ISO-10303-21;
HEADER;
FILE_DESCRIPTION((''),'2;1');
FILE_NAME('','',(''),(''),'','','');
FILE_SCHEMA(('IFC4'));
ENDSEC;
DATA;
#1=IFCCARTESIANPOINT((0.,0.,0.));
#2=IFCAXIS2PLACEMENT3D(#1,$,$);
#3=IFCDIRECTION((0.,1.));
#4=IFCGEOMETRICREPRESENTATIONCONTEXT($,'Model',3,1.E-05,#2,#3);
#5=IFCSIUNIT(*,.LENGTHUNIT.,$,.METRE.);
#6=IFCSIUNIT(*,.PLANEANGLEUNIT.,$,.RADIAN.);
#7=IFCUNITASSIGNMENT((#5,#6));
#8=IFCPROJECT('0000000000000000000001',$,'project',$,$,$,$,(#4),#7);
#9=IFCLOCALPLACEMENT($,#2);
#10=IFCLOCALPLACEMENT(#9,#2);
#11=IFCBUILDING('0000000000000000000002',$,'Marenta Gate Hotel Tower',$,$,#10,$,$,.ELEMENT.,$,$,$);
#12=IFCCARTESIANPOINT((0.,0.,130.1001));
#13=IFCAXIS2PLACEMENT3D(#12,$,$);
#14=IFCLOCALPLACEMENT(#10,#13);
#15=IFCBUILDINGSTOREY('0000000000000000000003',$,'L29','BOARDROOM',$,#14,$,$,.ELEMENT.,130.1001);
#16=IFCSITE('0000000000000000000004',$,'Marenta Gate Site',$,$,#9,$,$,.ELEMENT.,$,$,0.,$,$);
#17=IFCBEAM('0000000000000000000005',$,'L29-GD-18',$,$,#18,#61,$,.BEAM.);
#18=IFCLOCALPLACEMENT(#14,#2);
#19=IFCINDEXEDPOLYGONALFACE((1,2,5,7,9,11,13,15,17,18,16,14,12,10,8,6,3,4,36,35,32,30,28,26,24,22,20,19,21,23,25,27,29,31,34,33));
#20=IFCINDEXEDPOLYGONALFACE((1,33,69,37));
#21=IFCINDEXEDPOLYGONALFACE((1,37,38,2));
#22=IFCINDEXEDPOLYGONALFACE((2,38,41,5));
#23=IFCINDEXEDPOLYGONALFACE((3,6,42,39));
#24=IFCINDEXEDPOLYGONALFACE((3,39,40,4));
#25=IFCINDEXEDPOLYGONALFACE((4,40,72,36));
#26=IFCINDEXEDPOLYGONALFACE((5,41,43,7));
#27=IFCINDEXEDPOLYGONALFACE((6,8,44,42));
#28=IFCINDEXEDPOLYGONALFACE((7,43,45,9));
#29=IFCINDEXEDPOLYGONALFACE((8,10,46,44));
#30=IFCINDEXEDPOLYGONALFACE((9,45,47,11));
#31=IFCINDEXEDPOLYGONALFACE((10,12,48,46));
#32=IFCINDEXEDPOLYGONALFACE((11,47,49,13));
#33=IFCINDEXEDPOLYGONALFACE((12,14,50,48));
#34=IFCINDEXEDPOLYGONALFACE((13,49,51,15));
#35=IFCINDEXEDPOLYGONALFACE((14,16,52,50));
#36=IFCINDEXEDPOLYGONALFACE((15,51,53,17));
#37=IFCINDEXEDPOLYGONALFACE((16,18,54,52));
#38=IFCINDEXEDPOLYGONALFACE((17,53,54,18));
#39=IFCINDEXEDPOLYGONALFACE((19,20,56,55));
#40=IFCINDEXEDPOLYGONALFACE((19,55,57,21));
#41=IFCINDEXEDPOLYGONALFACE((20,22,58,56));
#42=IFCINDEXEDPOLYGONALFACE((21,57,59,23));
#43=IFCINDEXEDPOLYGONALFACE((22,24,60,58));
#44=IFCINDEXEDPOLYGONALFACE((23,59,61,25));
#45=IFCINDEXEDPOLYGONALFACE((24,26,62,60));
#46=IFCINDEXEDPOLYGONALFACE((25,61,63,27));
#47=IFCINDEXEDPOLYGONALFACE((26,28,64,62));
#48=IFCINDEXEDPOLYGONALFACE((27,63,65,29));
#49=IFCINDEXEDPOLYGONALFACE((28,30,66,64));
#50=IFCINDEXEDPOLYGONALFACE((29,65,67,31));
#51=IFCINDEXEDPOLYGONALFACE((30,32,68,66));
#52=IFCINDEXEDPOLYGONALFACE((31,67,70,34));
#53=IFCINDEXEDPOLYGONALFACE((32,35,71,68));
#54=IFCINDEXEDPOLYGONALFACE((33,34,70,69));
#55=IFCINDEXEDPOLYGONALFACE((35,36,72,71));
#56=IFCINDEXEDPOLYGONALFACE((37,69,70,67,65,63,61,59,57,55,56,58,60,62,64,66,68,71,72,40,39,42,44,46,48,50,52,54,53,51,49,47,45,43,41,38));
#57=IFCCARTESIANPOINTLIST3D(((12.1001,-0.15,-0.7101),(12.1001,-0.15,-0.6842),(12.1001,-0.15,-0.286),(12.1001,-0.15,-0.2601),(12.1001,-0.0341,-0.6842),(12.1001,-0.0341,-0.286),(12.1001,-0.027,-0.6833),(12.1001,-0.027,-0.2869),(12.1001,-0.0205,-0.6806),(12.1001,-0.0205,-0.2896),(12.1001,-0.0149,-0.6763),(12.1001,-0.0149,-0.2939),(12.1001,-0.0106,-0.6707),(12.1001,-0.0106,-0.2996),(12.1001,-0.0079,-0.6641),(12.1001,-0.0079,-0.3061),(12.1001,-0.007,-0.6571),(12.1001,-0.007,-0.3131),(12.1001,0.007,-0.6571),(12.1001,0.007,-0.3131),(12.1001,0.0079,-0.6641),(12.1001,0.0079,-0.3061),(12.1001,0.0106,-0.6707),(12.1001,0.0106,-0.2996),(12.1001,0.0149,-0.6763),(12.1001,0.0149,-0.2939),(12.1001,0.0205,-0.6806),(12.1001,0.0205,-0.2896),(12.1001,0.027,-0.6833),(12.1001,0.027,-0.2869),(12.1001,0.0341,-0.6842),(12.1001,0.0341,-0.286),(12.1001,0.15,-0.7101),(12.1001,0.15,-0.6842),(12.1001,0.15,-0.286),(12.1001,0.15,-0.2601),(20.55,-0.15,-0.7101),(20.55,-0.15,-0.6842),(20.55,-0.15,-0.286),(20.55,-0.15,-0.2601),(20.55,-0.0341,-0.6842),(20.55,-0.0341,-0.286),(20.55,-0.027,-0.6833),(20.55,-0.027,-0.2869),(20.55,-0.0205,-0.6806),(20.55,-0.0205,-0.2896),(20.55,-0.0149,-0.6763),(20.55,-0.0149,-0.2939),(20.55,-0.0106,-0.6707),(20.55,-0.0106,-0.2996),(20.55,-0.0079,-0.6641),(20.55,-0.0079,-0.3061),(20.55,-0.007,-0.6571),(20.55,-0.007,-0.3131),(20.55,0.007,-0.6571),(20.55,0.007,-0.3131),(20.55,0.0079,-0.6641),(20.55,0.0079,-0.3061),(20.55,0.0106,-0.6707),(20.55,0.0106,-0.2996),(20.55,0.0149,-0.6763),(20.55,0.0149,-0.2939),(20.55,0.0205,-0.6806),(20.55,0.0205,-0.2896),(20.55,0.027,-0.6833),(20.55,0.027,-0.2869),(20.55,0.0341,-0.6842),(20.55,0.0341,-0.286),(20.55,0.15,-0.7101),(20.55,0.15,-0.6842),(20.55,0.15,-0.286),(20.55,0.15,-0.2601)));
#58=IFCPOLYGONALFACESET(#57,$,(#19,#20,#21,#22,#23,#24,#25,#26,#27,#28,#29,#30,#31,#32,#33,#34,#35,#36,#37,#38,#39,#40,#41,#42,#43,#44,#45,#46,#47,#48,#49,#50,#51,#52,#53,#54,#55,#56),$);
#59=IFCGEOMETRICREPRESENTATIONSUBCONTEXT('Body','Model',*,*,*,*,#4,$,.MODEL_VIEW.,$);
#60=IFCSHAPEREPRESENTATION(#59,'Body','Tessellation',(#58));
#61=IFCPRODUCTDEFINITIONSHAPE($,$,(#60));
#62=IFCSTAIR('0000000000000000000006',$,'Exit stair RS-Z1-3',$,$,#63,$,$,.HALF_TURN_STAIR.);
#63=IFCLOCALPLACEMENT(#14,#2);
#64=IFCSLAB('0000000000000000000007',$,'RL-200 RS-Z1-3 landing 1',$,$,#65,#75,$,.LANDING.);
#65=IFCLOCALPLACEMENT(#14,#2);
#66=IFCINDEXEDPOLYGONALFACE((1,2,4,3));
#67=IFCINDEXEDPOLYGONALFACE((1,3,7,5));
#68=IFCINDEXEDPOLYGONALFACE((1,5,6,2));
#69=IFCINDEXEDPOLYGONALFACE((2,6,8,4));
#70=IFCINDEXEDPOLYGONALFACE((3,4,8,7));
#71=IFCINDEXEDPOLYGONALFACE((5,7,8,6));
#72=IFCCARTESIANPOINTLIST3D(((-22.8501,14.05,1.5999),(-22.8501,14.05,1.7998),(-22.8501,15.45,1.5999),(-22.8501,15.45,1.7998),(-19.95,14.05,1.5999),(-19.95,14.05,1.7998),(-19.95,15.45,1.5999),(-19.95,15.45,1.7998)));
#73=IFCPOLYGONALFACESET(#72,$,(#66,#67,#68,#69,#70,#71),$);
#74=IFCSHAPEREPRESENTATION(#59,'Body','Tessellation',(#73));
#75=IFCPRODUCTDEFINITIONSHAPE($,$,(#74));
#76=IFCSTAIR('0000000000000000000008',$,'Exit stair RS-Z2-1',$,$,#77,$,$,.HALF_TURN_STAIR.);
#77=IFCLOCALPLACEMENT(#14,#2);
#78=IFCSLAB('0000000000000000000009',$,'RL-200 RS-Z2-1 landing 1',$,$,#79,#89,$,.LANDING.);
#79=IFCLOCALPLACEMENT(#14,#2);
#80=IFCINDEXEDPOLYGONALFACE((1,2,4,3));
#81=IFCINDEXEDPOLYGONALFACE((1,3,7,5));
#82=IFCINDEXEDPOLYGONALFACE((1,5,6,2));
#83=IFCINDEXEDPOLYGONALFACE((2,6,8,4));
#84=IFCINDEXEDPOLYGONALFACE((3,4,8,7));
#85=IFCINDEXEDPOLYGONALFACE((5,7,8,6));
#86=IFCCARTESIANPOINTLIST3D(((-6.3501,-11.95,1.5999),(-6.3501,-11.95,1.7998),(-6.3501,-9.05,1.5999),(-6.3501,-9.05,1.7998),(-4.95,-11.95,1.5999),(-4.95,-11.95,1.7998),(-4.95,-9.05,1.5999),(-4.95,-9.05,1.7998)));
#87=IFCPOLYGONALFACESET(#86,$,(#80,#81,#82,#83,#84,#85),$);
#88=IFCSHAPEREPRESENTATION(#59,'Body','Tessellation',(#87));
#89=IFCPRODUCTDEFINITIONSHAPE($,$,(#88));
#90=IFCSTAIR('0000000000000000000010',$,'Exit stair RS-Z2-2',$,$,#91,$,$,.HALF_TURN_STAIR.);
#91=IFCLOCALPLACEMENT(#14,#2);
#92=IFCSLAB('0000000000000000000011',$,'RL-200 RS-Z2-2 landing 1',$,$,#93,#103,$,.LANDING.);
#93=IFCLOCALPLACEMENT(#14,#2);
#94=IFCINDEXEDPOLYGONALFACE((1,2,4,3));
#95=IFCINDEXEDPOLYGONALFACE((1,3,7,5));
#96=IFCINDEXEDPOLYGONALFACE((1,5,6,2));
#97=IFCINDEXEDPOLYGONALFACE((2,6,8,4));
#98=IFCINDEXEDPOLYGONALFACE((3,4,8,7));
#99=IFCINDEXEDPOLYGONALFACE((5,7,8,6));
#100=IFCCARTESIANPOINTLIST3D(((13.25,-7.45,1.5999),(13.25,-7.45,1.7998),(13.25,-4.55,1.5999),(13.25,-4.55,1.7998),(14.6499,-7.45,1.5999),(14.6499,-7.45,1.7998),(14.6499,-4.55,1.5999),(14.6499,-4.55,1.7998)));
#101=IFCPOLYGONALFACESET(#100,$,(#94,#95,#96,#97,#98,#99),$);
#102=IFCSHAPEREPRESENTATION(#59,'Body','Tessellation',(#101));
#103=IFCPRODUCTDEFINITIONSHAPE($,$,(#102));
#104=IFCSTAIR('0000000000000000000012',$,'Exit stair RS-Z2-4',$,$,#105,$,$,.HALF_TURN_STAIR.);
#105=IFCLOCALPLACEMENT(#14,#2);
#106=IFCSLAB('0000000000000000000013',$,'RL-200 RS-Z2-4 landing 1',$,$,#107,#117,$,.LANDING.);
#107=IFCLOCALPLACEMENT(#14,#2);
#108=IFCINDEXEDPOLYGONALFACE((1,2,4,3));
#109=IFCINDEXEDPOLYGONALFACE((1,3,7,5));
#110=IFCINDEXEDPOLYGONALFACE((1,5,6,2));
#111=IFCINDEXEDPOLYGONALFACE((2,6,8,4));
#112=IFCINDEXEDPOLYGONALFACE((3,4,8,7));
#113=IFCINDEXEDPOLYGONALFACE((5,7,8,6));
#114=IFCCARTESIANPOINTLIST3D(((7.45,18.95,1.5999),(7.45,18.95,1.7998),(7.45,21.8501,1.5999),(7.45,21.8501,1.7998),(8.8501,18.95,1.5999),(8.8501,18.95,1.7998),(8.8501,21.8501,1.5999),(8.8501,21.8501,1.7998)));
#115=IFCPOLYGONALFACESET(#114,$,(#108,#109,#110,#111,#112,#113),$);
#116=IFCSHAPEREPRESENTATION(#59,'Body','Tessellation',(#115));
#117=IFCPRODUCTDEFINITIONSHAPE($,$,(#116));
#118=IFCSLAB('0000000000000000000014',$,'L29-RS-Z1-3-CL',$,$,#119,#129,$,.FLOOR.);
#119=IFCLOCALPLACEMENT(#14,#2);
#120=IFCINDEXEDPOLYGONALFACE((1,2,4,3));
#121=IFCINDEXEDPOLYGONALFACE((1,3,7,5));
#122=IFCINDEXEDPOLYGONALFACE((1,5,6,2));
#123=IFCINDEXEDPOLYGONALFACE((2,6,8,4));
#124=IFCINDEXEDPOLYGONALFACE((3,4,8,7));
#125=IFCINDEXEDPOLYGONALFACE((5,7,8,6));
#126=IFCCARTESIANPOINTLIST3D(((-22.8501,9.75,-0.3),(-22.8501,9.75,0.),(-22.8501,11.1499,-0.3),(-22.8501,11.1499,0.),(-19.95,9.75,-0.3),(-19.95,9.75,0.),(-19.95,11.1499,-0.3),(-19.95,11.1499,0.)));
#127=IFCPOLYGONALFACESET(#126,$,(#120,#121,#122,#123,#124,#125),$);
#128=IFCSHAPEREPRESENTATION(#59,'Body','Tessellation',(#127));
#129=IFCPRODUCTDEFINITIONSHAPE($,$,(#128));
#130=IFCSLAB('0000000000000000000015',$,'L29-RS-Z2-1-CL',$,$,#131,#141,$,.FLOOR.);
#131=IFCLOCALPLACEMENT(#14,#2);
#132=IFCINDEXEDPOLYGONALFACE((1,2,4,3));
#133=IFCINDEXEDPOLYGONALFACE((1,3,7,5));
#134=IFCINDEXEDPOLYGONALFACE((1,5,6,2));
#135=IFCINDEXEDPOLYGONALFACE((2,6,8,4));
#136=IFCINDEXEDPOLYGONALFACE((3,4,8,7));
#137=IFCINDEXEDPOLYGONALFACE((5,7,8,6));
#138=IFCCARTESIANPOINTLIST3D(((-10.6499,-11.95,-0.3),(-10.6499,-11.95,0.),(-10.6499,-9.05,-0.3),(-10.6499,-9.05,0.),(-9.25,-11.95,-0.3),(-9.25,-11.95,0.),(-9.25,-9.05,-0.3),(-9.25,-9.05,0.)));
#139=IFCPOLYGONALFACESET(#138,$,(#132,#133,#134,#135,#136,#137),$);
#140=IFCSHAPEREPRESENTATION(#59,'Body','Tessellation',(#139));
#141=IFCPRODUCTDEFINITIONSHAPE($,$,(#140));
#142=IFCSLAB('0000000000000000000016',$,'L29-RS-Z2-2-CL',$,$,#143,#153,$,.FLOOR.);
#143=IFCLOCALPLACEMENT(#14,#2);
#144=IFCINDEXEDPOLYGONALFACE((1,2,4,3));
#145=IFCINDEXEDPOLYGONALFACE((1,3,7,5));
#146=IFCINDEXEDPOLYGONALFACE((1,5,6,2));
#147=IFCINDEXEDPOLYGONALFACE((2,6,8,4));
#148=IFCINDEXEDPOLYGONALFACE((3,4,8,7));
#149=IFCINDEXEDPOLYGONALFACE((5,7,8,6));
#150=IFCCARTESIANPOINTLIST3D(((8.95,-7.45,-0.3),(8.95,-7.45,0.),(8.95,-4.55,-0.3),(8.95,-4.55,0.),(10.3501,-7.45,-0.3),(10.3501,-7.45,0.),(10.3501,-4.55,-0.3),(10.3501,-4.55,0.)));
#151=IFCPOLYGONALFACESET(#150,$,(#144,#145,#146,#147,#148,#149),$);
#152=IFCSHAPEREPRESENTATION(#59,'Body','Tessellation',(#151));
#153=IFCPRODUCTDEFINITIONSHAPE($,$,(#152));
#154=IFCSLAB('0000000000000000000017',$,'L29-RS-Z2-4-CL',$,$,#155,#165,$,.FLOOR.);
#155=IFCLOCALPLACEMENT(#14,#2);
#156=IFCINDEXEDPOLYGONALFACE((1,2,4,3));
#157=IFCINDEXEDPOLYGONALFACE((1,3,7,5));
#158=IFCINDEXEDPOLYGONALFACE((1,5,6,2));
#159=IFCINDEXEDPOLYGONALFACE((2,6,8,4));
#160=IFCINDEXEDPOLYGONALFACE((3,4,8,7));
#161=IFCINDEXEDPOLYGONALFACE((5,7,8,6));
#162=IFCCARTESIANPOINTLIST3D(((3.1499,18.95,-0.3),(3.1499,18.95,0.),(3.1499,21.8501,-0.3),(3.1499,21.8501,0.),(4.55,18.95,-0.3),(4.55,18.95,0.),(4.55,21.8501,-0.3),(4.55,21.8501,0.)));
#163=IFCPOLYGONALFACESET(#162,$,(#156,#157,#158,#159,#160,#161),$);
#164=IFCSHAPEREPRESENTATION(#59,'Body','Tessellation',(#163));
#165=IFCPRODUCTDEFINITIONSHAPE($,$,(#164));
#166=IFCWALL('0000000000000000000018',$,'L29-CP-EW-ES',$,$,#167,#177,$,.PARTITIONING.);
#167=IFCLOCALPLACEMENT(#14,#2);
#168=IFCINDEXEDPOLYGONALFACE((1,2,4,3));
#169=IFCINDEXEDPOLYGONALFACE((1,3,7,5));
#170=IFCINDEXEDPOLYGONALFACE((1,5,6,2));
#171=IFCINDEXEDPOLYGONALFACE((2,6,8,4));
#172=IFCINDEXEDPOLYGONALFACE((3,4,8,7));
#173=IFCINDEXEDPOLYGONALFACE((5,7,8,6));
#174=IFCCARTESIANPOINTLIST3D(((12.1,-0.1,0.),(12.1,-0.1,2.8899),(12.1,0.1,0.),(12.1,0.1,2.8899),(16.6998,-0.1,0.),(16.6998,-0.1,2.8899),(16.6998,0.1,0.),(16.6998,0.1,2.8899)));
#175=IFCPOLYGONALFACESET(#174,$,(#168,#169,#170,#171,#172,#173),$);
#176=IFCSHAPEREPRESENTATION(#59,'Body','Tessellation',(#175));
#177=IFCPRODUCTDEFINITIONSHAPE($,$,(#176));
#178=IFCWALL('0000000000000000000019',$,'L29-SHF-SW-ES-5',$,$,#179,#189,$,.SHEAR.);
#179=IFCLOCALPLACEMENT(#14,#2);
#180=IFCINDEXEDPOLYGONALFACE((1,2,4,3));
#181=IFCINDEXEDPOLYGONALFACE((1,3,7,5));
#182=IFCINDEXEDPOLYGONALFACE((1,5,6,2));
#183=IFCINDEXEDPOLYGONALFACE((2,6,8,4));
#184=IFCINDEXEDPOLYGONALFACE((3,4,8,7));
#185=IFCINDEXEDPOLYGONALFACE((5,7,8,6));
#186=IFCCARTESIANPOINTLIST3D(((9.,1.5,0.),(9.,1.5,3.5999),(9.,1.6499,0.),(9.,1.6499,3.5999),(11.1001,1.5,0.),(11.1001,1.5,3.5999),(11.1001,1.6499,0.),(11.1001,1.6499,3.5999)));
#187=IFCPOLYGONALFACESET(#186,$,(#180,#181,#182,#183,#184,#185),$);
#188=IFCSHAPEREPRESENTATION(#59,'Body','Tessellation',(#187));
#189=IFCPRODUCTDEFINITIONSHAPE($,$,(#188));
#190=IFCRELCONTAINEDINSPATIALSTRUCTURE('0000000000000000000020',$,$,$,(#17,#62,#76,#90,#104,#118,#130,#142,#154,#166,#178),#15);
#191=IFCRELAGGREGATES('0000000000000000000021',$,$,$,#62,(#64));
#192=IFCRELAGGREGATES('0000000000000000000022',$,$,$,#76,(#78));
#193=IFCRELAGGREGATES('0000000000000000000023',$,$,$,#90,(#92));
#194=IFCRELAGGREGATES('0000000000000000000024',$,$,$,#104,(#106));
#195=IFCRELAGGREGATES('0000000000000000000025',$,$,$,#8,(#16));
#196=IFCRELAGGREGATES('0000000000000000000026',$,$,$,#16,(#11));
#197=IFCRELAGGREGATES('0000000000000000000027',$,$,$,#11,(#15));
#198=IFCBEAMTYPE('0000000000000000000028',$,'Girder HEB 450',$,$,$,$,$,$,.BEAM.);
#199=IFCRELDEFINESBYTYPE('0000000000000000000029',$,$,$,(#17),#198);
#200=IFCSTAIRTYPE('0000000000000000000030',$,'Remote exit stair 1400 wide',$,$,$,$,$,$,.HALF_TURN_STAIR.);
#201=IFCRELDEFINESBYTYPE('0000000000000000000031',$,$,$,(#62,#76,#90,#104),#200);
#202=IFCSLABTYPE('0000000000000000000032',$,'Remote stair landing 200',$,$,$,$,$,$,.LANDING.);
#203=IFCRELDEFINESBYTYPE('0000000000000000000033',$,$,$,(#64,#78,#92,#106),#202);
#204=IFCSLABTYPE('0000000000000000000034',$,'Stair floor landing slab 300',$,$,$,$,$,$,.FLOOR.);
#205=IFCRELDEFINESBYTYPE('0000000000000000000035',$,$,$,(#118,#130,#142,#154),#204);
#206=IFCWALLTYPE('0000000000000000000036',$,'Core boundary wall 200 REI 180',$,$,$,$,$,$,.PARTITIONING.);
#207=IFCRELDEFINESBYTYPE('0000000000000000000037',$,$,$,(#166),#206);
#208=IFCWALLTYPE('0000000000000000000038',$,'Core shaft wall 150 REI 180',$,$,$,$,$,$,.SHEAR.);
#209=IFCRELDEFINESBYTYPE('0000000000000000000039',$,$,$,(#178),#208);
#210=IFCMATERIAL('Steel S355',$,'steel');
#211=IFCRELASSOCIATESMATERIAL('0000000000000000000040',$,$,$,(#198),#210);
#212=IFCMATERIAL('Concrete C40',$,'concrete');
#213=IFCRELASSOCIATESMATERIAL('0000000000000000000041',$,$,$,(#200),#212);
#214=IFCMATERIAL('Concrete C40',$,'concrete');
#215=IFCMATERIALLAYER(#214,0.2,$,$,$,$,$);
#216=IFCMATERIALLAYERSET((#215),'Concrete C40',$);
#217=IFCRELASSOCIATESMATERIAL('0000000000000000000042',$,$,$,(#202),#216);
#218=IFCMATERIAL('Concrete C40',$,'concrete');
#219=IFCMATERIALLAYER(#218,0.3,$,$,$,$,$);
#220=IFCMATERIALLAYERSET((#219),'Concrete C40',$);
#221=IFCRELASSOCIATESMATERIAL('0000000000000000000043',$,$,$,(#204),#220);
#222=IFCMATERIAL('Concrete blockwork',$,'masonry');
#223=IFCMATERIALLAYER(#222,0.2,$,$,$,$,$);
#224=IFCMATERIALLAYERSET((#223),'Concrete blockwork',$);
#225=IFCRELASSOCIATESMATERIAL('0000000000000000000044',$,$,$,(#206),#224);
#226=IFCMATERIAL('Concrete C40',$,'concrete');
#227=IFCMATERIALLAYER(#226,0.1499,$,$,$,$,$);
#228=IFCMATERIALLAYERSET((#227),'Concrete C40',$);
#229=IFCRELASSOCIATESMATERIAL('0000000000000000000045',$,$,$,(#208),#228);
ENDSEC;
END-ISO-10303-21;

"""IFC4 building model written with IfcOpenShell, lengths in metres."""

from ifc_helpers import new_model, si_unit, direction, frame, frame_2d, origin, origin_2d, place, context, subcontext, project, spatial, polyline, rectangle, i_section, outline, extrude, material, layer, layer_set, material_profile, profile_set, type_object, element, aggregate, save


model = new_model("IFC4")

# Units and contexts
model_context = context("Model", 3, precision=1e-05, world=origin(), true_north=direction((0.0, 1.0)))
body_context = subcontext(model_context, "Body", "Model", "MODEL_VIEW")
ifc_project = project(units=[si_unit("LENGTHUNIT", "METRE"), si_unit("PLANEANGLEUNIT", "RADIAN")], contexts=[model_context])

# Site, building, storey
site_placement = place(None, origin())
site = spatial("IfcSite", under=ifc_project, at=site_placement, Name="Marenta Gate Site", CompositionType="ELEMENT", RefElevation=0.0)
building_placement = place(site_placement, origin())
building = spatial("IfcBuilding", under=site, at=building_placement, Name="Marenta Gate Hotel Tower", CompositionType="ELEMENT")
storey_placement = place(building_placement, frame((0.0, 0.0, 130.1001)))
storey = spatial("IfcBuildingStorey", under=building, at=storey_placement, Name="L29", Description="BOARDROOM", CompositionType="ELEMENT", Elevation=130.1001)

# Beam
ifc_material_1 = material(Name="Steel S355", Category="steel")
ifc_material_profile = material_profile(ifc_material_1, i_section(OverallWidth=0.3, OverallDepth=0.45, WebThickness=0.0139, FlangeThickness=0.0259, FilletRadius=0.0271, at=origin_2d()), Name="HEB 450")
ifc_profile_set = profile_set([ifc_material_profile], Name="Steel S355")
beam_type = type_object("IfcBeamType", Name="Girder HEB 450", PredefinedType="BEAM", material=ifc_profile_set)
beam_placement = place(storey_placement, frame((12.1001, 0.0, -0.4851), z_axis=(1.0, 0.0, 0.0), x_axis=(0.0, 1.0, 0.0)))
element("IfcBeam", 1, at=beam_placement, inside=storey, type_object=beam_type, Name="L29-GD-18", PredefinedType="BEAM", context=body_context, shape_type="SweptSolid", body=[
    extrude(i_section(OverallWidth=0.3, OverallDepth=0.45, WebThickness=0.0139, FlangeThickness=0.0259, FilletRadius=0.0271, at=origin_2d()), origin(), (0.0, 0.0, 1.0), 8.45),
])

# Stairs, slabs
ifc_material_2 = material(Name="Concrete C40", Category="concrete")
stair_type_1 = type_object("IfcStairType", Name="Remote exit stair 1400 wide", PredefinedType="HALF_TURN_STAIR", material=ifc_material_2)
stair_1_placement = place(storey_placement, origin())
stair_1 = element("IfcStair", 2, at=stair_1_placement, inside=storey, type_object=stair_type_1, Name="Exit stair RS-Z1-3", PredefinedType="HALF_TURN_STAIR")
ifc_material_3 = material(Name="Concrete C40", Category="concrete")
ifc_layer_1 = layer(ifc_material_3, 0.2)
ifc_layer_set_1 = layer_set([ifc_layer_1], Name="Concrete C40")
slab_type_1 = type_object("IfcSlabType", Name="Remote stair landing 200", PredefinedType="LANDING", material=ifc_layer_set_1)
slab_1_placement = place(storey_placement, frame((0.0, 0.0, 1.5999)))
slab_1 = element("IfcSlab", 3, at=slab_1_placement, type_object=slab_type_1, Name="RL-200 RS-Z1-3 landing 1", PredefinedType="LANDING", context=body_context, shape_type="SweptSolid", body=[
    extrude(outline(polyline([(-22.8501, 14.05), (-19.95, 14.05), (-19.95, 15.45), (-22.8501, 15.45), (-22.8501, 14.05)])), origin(), (0.0, 0.0, 1.0), 0.2),
])
aggregate(stair_1, [slab_1])
stair_2_placement = place(storey_placement, origin())
stair_2 = element("IfcStair", 4, at=stair_2_placement, inside=storey, type_object=stair_type_1, Name="Exit stair RS-Z2-1", PredefinedType="HALF_TURN_STAIR")
slab_2_placement = place(storey_placement, frame((0.0, 0.0, 1.5999)))
slab_2 = element("IfcSlab", 5, at=slab_2_placement, type_object=slab_type_1, Name="RL-200 RS-Z2-1 landing 1", PredefinedType="LANDING", context=body_context, shape_type="SweptSolid", body=[
    extrude(outline(polyline([(-6.3501, -11.95), (-4.95, -11.95), (-4.95, -9.05), (-6.3501, -9.05), (-6.3501, -11.95)])), origin(), (0.0, 0.0, 1.0), 0.2),
])
aggregate(stair_2, [slab_2])
stair_3_placement = place(storey_placement, origin())
stair_3 = element("IfcStair", 6, at=stair_3_placement, inside=storey, type_object=stair_type_1, Name="Exit stair RS-Z2-2", PredefinedType="HALF_TURN_STAIR")
slab_3_placement = place(storey_placement, frame((0.0, 0.0, 1.5999)))
slab_3 = element("IfcSlab", 7, at=slab_3_placement, type_object=slab_type_1, Name="RL-200 RS-Z2-2 landing 1", PredefinedType="LANDING", context=body_context, shape_type="SweptSolid", body=[
    extrude(outline(polyline([(13.25, -7.45), (14.6499, -7.45), (14.6499, -4.55), (13.25, -4.55), (13.25, -7.45)])), origin(), (0.0, 0.0, 1.0), 0.2),
])
aggregate(stair_3, [slab_3])
stair_4_placement = place(storey_placement, origin())
stair_4 = element("IfcStair", 8, at=stair_4_placement, inside=storey, type_object=stair_type_1, Name="Exit stair RS-Z2-4", PredefinedType="HALF_TURN_STAIR")
slab_4_placement = place(storey_placement, frame((0.0, 0.0, 1.5999)))
slab_4 = element("IfcSlab", 9, at=slab_4_placement, type_object=slab_type_1, Name="RL-200 RS-Z2-4 landing 1", PredefinedType="LANDING", context=body_context, shape_type="SweptSolid", body=[
    extrude(outline(polyline([(7.45, 18.95), (8.8501, 18.95), (8.8501, 21.8501), (7.45, 21.8501), (7.45, 18.95)])), origin(), (0.0, 0.0, 1.0), 0.2),
])
aggregate(stair_4, [slab_4])

# Slabs
ifc_material_4 = material(Name="Concrete C40", Category="concrete")
ifc_layer_2 = layer(ifc_material_4, 0.3)
ifc_layer_set_2 = layer_set([ifc_layer_2], Name="Concrete C40")
slab_type_2 = type_object("IfcSlabType", Name="Stair floor landing slab 300", PredefinedType="FLOOR", material=ifc_layer_set_2)
slab_5_placement = place(storey_placement, frame((0.0, 0.0, -0.3)))
element("IfcSlab", 10, at=slab_5_placement, inside=storey, type_object=slab_type_2, Name="L29-RS-Z1-3-CL", PredefinedType="FLOOR", context=body_context, shape_type="SweptSolid", body=[
    extrude(outline(polyline([(-19.95, 9.75), (-19.95, 11.1499), (-22.8501, 11.1499), (-22.8501, 9.75), (-19.95, 9.75)])), origin(), (0.0, 0.0, 1.0), 0.3),
])
slab_6_placement = place(storey_placement, frame((0.0, 0.0, -0.3)))
element("IfcSlab", 11, at=slab_6_placement, inside=storey, type_object=slab_type_2, Name="L29-RS-Z2-1-CL", PredefinedType="FLOOR", context=body_context, shape_type="SweptSolid", body=[
    extrude(outline(polyline([(-9.25, -11.95), (-9.25, -9.05), (-10.6499, -9.05), (-10.6499, -11.95), (-9.25, -11.95)])), origin(), (0.0, 0.0, 1.0), 0.3),
])
slab_7_placement = place(storey_placement, frame((0.0, 0.0, -0.3)))
element("IfcSlab", 12, at=slab_7_placement, inside=storey, type_object=slab_type_2, Name="L29-RS-Z2-2-CL", PredefinedType="FLOOR", context=body_context, shape_type="SweptSolid", body=[
    extrude(outline(polyline([(10.3501, -7.45), (10.3501, -4.55), (8.95, -4.55), (8.95, -7.45), (10.3501, -7.45)])), origin(), (0.0, 0.0, 1.0), 0.3),
])
slab_8_placement = place(storey_placement, frame((0.0, 0.0, -0.3)))
element("IfcSlab", 13, at=slab_8_placement, inside=storey, type_object=slab_type_2, Name="L29-RS-Z2-4-CL", PredefinedType="FLOOR", context=body_context, shape_type="SweptSolid", body=[
    extrude(outline(polyline([(4.55, 18.95), (4.55, 21.8501), (3.1499, 21.8501), (3.1499, 18.95), (4.55, 18.95)])), origin(), (0.0, 0.0, 1.0), 0.3),
])

# Walls
ifc_material_5 = material(Name="Concrete blockwork", Category="masonry")
ifc_layer_3 = layer(ifc_material_5, 0.2)
ifc_layer_set_3 = layer_set([ifc_layer_3], Name="Concrete blockwork")
wall_type_1 = type_object("IfcWallType", Name="Core boundary wall 200 REI 180", PredefinedType="PARTITIONING", material=ifc_layer_set_3)
wall_1_placement = place(storey_placement, frame((12.1001, 0.0, 0.0), z_axis=(0.0, 0.0, 1.0), x_axis=(1.0, 0.0, 0.0)))
element("IfcWall", 14, at=wall_1_placement, inside=storey, type_object=wall_type_1, Name="L29-CP-EW-ES", PredefinedType="PARTITIONING", context=body_context, shape_type="SweptSolid", body=[
    extrude(rectangle(XDim=4.5999, YDim=0.2, at=frame_2d((2.2998, 0.0))), origin(), (0.0, 0.0, 1.0), 2.8899),
])
ifc_material_6 = material(Name="Concrete C40", Category="concrete")
ifc_layer_4 = layer(ifc_material_6, 0.1499)
ifc_layer_set_4 = layer_set([ifc_layer_4], Name="Concrete C40")
wall_type_2 = type_object("IfcWallType", Name="Core shaft wall 150 REI 180", PredefinedType="SHEAR", material=ifc_layer_set_4)
wall_2_placement = place(storey_placement, frame((9.0, 1.575, 0.0), z_axis=(0.0, 0.0, 1.0), x_axis=(1.0, 0.0, 0.0)))
element("IfcWall", 15, at=wall_2_placement, inside=storey, type_object=wall_type_2, Name="L29-SHF-SW-ES-5", PredefinedType="SHEAR", context=body_context, shape_type="SweptSolid", body=[
    extrude(rectangle(XDim=2.1001, YDim=0.1499, at=frame_2d((1.05, 0.0))), origin(), (0.0, 0.0, 1.0), 3.5999),
])

save(model, "model.ifc")
